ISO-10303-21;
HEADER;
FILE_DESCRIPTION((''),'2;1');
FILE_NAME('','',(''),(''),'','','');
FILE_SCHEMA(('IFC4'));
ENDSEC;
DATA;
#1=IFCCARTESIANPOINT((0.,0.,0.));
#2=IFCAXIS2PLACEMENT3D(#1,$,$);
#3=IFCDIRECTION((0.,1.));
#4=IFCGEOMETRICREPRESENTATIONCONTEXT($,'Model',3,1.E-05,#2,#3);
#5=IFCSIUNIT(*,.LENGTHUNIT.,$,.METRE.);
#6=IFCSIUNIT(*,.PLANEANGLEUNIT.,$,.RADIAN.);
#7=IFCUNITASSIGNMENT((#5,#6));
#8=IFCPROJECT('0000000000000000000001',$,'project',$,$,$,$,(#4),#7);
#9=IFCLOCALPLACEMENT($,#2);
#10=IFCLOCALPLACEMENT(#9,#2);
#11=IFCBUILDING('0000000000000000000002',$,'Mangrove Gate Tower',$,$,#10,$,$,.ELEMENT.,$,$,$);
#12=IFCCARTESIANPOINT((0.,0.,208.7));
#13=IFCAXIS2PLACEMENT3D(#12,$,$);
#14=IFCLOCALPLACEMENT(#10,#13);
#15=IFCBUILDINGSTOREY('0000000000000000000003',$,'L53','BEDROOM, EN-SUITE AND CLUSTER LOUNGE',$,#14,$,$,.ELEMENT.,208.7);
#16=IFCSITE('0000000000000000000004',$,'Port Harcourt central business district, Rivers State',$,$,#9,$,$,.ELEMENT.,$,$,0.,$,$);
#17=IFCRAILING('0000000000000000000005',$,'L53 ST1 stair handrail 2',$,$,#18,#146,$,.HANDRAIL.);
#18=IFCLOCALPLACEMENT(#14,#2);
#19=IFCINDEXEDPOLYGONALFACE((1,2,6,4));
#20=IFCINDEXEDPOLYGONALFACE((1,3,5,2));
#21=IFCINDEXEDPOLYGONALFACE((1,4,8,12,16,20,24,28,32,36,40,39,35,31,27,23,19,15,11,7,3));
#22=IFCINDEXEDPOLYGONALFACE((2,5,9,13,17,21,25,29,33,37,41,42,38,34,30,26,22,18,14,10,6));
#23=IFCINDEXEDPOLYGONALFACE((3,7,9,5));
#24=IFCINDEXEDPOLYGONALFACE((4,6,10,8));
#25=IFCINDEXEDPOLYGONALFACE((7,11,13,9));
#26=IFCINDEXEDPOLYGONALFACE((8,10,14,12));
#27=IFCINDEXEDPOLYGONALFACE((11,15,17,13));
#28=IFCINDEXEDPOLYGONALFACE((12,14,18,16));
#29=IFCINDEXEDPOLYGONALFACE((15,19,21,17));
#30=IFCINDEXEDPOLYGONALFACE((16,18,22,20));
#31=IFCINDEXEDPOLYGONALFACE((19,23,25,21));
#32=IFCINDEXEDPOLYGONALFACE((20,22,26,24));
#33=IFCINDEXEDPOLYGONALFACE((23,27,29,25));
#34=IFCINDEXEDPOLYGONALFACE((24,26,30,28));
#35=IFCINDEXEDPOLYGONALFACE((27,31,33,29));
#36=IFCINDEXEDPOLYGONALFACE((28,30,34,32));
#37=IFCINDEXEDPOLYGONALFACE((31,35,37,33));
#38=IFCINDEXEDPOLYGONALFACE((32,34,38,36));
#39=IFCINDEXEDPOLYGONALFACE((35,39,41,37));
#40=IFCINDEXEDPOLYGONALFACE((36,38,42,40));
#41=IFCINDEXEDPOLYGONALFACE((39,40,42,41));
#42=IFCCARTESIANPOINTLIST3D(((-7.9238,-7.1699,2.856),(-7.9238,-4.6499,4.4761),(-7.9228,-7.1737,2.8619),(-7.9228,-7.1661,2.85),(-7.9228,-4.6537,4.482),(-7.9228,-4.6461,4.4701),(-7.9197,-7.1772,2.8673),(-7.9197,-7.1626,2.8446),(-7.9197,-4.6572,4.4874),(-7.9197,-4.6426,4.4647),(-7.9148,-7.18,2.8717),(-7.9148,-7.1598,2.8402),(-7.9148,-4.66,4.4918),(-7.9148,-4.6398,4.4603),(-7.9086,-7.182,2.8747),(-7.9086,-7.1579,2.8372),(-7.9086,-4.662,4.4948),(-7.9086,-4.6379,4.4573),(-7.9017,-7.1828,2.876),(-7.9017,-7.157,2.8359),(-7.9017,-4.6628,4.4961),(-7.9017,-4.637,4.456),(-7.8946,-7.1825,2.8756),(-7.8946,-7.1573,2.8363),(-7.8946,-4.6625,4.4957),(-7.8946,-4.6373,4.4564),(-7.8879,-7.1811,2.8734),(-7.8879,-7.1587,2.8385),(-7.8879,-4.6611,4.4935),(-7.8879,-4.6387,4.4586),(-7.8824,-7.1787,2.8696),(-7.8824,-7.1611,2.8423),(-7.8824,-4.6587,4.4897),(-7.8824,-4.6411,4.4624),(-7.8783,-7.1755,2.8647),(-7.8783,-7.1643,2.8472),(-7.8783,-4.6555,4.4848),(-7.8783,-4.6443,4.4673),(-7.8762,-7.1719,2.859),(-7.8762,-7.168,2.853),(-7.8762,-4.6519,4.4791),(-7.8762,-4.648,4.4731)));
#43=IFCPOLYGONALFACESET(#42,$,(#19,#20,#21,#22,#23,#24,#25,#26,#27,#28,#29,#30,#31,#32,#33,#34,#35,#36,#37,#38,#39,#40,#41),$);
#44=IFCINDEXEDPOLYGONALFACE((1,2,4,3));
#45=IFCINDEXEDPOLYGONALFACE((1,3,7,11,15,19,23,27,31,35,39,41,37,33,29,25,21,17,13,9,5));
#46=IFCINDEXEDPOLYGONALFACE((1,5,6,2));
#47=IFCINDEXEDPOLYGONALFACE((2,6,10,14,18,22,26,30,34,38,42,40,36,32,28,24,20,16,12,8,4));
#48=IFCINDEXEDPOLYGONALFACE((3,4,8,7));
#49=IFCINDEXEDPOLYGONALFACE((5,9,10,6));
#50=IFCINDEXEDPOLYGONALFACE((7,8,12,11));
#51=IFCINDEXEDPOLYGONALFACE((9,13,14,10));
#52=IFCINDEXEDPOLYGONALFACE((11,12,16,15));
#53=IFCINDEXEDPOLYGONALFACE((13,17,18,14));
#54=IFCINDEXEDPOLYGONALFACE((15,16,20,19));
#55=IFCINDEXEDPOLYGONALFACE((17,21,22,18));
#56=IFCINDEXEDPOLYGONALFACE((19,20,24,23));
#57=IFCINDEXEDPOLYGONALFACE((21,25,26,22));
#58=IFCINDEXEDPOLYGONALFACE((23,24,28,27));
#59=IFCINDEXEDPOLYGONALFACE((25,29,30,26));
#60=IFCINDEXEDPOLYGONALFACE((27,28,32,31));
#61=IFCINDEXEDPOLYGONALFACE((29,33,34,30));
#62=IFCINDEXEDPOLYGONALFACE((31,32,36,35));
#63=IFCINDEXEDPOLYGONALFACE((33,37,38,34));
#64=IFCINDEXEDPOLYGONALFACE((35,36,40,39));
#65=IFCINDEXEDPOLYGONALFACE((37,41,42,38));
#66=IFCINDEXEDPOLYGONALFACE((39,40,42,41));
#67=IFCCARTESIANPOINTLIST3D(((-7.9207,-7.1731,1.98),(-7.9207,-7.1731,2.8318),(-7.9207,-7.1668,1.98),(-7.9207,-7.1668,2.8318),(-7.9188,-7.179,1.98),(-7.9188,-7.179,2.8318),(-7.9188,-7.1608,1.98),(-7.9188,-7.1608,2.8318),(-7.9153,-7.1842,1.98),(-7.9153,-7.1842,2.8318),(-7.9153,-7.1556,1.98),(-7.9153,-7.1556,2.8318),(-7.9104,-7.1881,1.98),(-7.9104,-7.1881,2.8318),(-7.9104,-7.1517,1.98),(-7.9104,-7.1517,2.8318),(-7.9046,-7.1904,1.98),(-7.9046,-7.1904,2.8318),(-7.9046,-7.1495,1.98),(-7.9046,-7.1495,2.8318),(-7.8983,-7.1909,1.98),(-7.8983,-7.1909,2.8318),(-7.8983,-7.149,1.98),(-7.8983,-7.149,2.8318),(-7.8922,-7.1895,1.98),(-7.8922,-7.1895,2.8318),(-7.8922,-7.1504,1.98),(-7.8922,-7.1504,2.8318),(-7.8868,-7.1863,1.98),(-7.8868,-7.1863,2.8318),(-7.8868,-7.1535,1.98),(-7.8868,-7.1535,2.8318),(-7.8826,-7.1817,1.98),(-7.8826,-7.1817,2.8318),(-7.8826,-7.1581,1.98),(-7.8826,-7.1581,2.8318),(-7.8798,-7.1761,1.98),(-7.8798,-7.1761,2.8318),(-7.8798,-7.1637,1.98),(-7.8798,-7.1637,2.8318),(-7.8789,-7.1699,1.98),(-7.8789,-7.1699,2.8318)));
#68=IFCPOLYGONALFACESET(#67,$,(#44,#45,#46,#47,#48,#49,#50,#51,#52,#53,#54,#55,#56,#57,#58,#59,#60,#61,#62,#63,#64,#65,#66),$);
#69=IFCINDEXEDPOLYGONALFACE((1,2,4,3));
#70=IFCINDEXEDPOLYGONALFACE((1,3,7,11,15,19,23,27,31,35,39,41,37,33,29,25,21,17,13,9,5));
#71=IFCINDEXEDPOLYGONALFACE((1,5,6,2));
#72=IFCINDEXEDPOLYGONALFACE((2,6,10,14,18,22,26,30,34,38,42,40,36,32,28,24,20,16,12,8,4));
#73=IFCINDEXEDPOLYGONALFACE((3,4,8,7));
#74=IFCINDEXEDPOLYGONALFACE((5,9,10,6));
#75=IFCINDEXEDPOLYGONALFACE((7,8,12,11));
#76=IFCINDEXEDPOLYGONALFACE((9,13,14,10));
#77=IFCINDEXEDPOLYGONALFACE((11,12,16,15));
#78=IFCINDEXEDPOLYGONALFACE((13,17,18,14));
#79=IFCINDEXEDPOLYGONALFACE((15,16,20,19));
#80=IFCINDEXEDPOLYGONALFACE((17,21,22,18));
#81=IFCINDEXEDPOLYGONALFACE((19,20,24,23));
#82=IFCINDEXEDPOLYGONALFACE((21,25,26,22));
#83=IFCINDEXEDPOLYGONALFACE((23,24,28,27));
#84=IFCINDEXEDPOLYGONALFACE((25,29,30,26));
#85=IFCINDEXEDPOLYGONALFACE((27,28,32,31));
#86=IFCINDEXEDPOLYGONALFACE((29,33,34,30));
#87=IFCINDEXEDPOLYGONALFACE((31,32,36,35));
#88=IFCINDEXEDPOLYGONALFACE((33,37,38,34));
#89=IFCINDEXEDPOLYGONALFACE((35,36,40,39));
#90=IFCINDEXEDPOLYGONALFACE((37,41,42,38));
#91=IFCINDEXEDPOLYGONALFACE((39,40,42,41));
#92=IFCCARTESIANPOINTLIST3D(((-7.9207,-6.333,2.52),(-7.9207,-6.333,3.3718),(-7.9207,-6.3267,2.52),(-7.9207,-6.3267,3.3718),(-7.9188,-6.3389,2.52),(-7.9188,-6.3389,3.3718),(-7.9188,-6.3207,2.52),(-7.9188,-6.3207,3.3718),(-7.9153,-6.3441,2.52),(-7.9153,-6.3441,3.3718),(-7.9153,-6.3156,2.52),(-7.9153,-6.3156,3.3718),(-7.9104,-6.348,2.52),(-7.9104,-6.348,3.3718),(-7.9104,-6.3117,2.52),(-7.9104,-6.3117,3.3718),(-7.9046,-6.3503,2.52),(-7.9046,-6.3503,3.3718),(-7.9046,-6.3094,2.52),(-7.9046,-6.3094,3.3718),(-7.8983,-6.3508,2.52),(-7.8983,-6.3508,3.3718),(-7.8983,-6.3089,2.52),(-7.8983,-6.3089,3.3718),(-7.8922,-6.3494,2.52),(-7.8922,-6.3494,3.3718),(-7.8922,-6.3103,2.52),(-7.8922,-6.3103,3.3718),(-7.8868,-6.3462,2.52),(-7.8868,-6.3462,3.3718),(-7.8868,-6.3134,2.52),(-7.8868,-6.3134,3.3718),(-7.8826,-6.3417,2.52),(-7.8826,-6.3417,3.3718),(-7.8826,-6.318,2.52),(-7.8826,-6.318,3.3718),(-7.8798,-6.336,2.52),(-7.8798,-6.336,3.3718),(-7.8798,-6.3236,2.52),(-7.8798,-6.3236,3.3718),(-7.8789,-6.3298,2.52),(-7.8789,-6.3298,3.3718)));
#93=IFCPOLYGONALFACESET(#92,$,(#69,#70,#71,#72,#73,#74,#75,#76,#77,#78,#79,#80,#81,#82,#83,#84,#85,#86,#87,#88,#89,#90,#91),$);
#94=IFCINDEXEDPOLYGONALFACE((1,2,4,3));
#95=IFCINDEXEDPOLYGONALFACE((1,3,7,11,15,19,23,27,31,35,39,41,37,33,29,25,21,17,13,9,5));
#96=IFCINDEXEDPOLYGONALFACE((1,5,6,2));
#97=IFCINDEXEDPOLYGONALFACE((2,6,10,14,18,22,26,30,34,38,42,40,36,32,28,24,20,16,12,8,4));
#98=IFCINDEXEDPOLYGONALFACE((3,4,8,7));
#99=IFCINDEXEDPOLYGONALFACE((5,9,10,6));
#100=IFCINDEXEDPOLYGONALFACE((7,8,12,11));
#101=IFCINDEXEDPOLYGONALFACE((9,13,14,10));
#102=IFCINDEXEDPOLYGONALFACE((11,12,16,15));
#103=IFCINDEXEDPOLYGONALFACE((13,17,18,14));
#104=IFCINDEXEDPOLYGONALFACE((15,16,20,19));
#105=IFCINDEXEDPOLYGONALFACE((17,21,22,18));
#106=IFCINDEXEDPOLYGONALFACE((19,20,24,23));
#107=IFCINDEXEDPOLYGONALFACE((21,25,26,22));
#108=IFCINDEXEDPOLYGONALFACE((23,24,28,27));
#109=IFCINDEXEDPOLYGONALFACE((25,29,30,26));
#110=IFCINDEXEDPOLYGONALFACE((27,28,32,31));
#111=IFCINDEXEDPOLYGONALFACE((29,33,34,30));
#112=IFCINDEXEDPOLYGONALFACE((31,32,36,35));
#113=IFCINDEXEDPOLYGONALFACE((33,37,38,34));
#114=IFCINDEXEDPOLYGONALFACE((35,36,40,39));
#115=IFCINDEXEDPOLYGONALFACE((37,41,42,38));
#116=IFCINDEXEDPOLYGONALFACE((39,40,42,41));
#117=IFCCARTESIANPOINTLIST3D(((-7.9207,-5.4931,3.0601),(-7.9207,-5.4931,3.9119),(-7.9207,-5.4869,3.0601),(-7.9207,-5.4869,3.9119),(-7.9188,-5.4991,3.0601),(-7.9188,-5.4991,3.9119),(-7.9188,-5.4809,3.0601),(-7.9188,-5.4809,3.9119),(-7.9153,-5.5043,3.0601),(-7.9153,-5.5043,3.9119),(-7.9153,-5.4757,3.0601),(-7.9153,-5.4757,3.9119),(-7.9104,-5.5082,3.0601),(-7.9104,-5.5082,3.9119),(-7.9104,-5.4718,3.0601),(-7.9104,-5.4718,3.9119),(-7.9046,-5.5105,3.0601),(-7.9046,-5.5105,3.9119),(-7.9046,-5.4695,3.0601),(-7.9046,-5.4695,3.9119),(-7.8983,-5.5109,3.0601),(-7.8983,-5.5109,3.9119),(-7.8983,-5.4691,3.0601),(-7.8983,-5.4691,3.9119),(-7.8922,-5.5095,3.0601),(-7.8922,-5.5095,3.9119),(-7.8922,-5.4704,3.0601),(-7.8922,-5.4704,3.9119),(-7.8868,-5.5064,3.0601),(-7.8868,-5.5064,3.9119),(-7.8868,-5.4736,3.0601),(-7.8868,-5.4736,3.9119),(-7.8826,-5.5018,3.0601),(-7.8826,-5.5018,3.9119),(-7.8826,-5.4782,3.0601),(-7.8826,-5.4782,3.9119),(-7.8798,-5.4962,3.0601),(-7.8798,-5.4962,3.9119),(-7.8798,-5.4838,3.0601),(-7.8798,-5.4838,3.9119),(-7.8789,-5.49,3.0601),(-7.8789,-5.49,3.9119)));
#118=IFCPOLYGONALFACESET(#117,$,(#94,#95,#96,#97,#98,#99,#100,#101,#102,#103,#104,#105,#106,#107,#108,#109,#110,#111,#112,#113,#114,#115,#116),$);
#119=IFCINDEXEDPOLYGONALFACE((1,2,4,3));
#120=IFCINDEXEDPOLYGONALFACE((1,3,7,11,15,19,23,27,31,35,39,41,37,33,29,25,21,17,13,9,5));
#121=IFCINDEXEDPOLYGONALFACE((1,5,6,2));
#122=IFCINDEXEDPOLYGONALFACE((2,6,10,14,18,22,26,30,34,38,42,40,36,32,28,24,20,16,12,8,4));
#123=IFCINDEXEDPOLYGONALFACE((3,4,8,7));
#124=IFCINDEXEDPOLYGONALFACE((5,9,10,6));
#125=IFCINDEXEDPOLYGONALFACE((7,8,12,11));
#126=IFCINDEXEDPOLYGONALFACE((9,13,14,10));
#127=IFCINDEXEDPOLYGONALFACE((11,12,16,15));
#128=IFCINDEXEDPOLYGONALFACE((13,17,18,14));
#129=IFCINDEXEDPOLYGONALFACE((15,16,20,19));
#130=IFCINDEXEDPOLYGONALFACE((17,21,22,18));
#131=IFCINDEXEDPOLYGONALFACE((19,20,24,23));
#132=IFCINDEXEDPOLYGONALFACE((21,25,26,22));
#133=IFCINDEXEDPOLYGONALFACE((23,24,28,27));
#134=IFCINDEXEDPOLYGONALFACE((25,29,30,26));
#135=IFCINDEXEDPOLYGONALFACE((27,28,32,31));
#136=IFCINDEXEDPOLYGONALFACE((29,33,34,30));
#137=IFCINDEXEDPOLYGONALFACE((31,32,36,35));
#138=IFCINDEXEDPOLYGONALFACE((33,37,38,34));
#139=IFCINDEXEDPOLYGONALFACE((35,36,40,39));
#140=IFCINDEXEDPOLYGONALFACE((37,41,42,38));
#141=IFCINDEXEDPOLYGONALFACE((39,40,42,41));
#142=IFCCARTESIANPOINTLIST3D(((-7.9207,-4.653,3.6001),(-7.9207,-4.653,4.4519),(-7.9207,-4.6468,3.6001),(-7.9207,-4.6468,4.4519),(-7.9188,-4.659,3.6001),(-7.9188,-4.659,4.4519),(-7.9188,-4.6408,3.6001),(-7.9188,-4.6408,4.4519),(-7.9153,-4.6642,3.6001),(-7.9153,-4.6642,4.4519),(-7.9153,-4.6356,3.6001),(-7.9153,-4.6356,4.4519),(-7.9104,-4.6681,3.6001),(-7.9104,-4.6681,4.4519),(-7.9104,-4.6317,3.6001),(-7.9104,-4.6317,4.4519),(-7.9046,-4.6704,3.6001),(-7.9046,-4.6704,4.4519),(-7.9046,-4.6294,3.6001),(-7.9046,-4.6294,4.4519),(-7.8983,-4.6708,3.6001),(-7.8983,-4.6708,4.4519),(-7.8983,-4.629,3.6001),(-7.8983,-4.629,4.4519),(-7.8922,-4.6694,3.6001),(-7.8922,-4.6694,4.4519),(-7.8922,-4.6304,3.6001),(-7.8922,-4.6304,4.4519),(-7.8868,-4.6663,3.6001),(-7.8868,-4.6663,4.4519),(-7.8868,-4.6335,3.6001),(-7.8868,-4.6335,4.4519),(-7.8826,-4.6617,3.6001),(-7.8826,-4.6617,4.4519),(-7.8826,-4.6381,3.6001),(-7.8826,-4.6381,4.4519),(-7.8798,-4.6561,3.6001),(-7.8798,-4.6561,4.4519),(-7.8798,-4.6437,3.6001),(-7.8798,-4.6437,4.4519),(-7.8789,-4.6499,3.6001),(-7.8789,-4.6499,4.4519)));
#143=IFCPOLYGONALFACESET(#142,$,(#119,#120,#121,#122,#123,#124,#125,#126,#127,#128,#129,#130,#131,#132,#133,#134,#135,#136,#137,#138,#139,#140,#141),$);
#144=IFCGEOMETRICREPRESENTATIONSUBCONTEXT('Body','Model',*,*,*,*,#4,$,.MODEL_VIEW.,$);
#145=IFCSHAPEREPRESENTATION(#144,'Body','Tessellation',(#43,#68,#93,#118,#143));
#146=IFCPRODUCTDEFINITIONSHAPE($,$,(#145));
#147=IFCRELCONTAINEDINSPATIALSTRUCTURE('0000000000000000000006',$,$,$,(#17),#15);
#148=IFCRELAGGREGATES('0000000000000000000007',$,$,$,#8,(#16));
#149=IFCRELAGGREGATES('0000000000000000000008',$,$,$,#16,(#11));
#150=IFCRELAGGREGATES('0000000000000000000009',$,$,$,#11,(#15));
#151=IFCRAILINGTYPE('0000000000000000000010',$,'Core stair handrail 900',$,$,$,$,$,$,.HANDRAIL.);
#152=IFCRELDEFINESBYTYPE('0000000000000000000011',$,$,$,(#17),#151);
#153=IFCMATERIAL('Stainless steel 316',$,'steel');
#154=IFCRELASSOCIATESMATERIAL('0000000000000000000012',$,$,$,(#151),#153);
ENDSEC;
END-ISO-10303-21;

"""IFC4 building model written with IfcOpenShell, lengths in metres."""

from ifc_helpers import new_model, si_unit, direction, frame, origin, origin_2d, place, context, subcontext, project, spatial, circle, extrude, material, type_object, element, save


model = new_model("IFC4")

# Units and contexts
model_context = context("Model", 3, precision=1e-05, world=origin(), true_north=direction((0.0, 1.0)))
body_context = subcontext(model_context, "Body", "Model", "MODEL_VIEW")
ifc_project = project(units=[si_unit("LENGTHUNIT", "METRE"), si_unit("PLANEANGLEUNIT", "RADIAN")], contexts=[model_context])

# Site, building, storey
site_placement = place(None, origin())
site = spatial("IfcSite", under=ifc_project, at=site_placement, Name="Port Harcourt central business district, Rivers State", CompositionType="ELEMENT", RefElevation=0.0)
building_placement = place(site_placement, origin())
building = spatial("IfcBuilding", under=site, at=building_placement, Name="Mangrove Gate Tower", CompositionType="ELEMENT")
storey_placement = place(building_placement, frame((0.0, 0.0, 208.7)))
storey = spatial("IfcBuildingStorey", under=building, at=storey_placement, Name="L53", Description="BEDROOM, EN-SUITE AND CLUSTER LOUNGE", CompositionType="ELEMENT", Elevation=208.7)

# Railing
ifc_material_1 = material(Name="Stainless steel 316", Category="steel")
railing_type_1 = type_object("IfcRailingType", Name="Core stair handrail 900", PredefinedType="HANDRAIL", material=ifc_material_1)
railing_1_placement = place(storey_placement, frame((-7.8999, -7.1699, 1.98)))
element("IfcRailing", 1, at=railing_1_placement, inside=storey, type_object=railing_type_1, Name="L53 ST1 stair handrail 2", PredefinedType="HANDRAIL", context=body_context, shape_type="SweptSolid", body=[
    extrude(circle(Radius=0.0239, at=origin_2d()), frame((0.0, 0.0, 0.876), z_axis=(0.0, 0.841163, 0.540782), x_axis=(-1.0, 0.0, 0.0)), (0.0, 0.0, 1.0), 2.9958),
    extrude(circle(Radius=0.021, at=origin_2d()), origin(), (0.0, 0.0, 1.0), 0.8518),
    extrude(circle(Radius=0.021, at=origin_2d()), frame((0.0, 0.8401, 0.54)), (0.0, 0.0, 1.0), 0.8518),
    extrude(circle(Radius=0.021, at=origin_2d()), frame((0.0, 1.6799, 1.0801)), (0.0, 0.0, 1.0), 0.8518),
    extrude(circle(Radius=0.021, at=origin_2d()), frame((0.0, 2.52, 1.6201)), (0.0, 0.0, 1.0), 0.8518),
])

save(model, "model.ifc")
